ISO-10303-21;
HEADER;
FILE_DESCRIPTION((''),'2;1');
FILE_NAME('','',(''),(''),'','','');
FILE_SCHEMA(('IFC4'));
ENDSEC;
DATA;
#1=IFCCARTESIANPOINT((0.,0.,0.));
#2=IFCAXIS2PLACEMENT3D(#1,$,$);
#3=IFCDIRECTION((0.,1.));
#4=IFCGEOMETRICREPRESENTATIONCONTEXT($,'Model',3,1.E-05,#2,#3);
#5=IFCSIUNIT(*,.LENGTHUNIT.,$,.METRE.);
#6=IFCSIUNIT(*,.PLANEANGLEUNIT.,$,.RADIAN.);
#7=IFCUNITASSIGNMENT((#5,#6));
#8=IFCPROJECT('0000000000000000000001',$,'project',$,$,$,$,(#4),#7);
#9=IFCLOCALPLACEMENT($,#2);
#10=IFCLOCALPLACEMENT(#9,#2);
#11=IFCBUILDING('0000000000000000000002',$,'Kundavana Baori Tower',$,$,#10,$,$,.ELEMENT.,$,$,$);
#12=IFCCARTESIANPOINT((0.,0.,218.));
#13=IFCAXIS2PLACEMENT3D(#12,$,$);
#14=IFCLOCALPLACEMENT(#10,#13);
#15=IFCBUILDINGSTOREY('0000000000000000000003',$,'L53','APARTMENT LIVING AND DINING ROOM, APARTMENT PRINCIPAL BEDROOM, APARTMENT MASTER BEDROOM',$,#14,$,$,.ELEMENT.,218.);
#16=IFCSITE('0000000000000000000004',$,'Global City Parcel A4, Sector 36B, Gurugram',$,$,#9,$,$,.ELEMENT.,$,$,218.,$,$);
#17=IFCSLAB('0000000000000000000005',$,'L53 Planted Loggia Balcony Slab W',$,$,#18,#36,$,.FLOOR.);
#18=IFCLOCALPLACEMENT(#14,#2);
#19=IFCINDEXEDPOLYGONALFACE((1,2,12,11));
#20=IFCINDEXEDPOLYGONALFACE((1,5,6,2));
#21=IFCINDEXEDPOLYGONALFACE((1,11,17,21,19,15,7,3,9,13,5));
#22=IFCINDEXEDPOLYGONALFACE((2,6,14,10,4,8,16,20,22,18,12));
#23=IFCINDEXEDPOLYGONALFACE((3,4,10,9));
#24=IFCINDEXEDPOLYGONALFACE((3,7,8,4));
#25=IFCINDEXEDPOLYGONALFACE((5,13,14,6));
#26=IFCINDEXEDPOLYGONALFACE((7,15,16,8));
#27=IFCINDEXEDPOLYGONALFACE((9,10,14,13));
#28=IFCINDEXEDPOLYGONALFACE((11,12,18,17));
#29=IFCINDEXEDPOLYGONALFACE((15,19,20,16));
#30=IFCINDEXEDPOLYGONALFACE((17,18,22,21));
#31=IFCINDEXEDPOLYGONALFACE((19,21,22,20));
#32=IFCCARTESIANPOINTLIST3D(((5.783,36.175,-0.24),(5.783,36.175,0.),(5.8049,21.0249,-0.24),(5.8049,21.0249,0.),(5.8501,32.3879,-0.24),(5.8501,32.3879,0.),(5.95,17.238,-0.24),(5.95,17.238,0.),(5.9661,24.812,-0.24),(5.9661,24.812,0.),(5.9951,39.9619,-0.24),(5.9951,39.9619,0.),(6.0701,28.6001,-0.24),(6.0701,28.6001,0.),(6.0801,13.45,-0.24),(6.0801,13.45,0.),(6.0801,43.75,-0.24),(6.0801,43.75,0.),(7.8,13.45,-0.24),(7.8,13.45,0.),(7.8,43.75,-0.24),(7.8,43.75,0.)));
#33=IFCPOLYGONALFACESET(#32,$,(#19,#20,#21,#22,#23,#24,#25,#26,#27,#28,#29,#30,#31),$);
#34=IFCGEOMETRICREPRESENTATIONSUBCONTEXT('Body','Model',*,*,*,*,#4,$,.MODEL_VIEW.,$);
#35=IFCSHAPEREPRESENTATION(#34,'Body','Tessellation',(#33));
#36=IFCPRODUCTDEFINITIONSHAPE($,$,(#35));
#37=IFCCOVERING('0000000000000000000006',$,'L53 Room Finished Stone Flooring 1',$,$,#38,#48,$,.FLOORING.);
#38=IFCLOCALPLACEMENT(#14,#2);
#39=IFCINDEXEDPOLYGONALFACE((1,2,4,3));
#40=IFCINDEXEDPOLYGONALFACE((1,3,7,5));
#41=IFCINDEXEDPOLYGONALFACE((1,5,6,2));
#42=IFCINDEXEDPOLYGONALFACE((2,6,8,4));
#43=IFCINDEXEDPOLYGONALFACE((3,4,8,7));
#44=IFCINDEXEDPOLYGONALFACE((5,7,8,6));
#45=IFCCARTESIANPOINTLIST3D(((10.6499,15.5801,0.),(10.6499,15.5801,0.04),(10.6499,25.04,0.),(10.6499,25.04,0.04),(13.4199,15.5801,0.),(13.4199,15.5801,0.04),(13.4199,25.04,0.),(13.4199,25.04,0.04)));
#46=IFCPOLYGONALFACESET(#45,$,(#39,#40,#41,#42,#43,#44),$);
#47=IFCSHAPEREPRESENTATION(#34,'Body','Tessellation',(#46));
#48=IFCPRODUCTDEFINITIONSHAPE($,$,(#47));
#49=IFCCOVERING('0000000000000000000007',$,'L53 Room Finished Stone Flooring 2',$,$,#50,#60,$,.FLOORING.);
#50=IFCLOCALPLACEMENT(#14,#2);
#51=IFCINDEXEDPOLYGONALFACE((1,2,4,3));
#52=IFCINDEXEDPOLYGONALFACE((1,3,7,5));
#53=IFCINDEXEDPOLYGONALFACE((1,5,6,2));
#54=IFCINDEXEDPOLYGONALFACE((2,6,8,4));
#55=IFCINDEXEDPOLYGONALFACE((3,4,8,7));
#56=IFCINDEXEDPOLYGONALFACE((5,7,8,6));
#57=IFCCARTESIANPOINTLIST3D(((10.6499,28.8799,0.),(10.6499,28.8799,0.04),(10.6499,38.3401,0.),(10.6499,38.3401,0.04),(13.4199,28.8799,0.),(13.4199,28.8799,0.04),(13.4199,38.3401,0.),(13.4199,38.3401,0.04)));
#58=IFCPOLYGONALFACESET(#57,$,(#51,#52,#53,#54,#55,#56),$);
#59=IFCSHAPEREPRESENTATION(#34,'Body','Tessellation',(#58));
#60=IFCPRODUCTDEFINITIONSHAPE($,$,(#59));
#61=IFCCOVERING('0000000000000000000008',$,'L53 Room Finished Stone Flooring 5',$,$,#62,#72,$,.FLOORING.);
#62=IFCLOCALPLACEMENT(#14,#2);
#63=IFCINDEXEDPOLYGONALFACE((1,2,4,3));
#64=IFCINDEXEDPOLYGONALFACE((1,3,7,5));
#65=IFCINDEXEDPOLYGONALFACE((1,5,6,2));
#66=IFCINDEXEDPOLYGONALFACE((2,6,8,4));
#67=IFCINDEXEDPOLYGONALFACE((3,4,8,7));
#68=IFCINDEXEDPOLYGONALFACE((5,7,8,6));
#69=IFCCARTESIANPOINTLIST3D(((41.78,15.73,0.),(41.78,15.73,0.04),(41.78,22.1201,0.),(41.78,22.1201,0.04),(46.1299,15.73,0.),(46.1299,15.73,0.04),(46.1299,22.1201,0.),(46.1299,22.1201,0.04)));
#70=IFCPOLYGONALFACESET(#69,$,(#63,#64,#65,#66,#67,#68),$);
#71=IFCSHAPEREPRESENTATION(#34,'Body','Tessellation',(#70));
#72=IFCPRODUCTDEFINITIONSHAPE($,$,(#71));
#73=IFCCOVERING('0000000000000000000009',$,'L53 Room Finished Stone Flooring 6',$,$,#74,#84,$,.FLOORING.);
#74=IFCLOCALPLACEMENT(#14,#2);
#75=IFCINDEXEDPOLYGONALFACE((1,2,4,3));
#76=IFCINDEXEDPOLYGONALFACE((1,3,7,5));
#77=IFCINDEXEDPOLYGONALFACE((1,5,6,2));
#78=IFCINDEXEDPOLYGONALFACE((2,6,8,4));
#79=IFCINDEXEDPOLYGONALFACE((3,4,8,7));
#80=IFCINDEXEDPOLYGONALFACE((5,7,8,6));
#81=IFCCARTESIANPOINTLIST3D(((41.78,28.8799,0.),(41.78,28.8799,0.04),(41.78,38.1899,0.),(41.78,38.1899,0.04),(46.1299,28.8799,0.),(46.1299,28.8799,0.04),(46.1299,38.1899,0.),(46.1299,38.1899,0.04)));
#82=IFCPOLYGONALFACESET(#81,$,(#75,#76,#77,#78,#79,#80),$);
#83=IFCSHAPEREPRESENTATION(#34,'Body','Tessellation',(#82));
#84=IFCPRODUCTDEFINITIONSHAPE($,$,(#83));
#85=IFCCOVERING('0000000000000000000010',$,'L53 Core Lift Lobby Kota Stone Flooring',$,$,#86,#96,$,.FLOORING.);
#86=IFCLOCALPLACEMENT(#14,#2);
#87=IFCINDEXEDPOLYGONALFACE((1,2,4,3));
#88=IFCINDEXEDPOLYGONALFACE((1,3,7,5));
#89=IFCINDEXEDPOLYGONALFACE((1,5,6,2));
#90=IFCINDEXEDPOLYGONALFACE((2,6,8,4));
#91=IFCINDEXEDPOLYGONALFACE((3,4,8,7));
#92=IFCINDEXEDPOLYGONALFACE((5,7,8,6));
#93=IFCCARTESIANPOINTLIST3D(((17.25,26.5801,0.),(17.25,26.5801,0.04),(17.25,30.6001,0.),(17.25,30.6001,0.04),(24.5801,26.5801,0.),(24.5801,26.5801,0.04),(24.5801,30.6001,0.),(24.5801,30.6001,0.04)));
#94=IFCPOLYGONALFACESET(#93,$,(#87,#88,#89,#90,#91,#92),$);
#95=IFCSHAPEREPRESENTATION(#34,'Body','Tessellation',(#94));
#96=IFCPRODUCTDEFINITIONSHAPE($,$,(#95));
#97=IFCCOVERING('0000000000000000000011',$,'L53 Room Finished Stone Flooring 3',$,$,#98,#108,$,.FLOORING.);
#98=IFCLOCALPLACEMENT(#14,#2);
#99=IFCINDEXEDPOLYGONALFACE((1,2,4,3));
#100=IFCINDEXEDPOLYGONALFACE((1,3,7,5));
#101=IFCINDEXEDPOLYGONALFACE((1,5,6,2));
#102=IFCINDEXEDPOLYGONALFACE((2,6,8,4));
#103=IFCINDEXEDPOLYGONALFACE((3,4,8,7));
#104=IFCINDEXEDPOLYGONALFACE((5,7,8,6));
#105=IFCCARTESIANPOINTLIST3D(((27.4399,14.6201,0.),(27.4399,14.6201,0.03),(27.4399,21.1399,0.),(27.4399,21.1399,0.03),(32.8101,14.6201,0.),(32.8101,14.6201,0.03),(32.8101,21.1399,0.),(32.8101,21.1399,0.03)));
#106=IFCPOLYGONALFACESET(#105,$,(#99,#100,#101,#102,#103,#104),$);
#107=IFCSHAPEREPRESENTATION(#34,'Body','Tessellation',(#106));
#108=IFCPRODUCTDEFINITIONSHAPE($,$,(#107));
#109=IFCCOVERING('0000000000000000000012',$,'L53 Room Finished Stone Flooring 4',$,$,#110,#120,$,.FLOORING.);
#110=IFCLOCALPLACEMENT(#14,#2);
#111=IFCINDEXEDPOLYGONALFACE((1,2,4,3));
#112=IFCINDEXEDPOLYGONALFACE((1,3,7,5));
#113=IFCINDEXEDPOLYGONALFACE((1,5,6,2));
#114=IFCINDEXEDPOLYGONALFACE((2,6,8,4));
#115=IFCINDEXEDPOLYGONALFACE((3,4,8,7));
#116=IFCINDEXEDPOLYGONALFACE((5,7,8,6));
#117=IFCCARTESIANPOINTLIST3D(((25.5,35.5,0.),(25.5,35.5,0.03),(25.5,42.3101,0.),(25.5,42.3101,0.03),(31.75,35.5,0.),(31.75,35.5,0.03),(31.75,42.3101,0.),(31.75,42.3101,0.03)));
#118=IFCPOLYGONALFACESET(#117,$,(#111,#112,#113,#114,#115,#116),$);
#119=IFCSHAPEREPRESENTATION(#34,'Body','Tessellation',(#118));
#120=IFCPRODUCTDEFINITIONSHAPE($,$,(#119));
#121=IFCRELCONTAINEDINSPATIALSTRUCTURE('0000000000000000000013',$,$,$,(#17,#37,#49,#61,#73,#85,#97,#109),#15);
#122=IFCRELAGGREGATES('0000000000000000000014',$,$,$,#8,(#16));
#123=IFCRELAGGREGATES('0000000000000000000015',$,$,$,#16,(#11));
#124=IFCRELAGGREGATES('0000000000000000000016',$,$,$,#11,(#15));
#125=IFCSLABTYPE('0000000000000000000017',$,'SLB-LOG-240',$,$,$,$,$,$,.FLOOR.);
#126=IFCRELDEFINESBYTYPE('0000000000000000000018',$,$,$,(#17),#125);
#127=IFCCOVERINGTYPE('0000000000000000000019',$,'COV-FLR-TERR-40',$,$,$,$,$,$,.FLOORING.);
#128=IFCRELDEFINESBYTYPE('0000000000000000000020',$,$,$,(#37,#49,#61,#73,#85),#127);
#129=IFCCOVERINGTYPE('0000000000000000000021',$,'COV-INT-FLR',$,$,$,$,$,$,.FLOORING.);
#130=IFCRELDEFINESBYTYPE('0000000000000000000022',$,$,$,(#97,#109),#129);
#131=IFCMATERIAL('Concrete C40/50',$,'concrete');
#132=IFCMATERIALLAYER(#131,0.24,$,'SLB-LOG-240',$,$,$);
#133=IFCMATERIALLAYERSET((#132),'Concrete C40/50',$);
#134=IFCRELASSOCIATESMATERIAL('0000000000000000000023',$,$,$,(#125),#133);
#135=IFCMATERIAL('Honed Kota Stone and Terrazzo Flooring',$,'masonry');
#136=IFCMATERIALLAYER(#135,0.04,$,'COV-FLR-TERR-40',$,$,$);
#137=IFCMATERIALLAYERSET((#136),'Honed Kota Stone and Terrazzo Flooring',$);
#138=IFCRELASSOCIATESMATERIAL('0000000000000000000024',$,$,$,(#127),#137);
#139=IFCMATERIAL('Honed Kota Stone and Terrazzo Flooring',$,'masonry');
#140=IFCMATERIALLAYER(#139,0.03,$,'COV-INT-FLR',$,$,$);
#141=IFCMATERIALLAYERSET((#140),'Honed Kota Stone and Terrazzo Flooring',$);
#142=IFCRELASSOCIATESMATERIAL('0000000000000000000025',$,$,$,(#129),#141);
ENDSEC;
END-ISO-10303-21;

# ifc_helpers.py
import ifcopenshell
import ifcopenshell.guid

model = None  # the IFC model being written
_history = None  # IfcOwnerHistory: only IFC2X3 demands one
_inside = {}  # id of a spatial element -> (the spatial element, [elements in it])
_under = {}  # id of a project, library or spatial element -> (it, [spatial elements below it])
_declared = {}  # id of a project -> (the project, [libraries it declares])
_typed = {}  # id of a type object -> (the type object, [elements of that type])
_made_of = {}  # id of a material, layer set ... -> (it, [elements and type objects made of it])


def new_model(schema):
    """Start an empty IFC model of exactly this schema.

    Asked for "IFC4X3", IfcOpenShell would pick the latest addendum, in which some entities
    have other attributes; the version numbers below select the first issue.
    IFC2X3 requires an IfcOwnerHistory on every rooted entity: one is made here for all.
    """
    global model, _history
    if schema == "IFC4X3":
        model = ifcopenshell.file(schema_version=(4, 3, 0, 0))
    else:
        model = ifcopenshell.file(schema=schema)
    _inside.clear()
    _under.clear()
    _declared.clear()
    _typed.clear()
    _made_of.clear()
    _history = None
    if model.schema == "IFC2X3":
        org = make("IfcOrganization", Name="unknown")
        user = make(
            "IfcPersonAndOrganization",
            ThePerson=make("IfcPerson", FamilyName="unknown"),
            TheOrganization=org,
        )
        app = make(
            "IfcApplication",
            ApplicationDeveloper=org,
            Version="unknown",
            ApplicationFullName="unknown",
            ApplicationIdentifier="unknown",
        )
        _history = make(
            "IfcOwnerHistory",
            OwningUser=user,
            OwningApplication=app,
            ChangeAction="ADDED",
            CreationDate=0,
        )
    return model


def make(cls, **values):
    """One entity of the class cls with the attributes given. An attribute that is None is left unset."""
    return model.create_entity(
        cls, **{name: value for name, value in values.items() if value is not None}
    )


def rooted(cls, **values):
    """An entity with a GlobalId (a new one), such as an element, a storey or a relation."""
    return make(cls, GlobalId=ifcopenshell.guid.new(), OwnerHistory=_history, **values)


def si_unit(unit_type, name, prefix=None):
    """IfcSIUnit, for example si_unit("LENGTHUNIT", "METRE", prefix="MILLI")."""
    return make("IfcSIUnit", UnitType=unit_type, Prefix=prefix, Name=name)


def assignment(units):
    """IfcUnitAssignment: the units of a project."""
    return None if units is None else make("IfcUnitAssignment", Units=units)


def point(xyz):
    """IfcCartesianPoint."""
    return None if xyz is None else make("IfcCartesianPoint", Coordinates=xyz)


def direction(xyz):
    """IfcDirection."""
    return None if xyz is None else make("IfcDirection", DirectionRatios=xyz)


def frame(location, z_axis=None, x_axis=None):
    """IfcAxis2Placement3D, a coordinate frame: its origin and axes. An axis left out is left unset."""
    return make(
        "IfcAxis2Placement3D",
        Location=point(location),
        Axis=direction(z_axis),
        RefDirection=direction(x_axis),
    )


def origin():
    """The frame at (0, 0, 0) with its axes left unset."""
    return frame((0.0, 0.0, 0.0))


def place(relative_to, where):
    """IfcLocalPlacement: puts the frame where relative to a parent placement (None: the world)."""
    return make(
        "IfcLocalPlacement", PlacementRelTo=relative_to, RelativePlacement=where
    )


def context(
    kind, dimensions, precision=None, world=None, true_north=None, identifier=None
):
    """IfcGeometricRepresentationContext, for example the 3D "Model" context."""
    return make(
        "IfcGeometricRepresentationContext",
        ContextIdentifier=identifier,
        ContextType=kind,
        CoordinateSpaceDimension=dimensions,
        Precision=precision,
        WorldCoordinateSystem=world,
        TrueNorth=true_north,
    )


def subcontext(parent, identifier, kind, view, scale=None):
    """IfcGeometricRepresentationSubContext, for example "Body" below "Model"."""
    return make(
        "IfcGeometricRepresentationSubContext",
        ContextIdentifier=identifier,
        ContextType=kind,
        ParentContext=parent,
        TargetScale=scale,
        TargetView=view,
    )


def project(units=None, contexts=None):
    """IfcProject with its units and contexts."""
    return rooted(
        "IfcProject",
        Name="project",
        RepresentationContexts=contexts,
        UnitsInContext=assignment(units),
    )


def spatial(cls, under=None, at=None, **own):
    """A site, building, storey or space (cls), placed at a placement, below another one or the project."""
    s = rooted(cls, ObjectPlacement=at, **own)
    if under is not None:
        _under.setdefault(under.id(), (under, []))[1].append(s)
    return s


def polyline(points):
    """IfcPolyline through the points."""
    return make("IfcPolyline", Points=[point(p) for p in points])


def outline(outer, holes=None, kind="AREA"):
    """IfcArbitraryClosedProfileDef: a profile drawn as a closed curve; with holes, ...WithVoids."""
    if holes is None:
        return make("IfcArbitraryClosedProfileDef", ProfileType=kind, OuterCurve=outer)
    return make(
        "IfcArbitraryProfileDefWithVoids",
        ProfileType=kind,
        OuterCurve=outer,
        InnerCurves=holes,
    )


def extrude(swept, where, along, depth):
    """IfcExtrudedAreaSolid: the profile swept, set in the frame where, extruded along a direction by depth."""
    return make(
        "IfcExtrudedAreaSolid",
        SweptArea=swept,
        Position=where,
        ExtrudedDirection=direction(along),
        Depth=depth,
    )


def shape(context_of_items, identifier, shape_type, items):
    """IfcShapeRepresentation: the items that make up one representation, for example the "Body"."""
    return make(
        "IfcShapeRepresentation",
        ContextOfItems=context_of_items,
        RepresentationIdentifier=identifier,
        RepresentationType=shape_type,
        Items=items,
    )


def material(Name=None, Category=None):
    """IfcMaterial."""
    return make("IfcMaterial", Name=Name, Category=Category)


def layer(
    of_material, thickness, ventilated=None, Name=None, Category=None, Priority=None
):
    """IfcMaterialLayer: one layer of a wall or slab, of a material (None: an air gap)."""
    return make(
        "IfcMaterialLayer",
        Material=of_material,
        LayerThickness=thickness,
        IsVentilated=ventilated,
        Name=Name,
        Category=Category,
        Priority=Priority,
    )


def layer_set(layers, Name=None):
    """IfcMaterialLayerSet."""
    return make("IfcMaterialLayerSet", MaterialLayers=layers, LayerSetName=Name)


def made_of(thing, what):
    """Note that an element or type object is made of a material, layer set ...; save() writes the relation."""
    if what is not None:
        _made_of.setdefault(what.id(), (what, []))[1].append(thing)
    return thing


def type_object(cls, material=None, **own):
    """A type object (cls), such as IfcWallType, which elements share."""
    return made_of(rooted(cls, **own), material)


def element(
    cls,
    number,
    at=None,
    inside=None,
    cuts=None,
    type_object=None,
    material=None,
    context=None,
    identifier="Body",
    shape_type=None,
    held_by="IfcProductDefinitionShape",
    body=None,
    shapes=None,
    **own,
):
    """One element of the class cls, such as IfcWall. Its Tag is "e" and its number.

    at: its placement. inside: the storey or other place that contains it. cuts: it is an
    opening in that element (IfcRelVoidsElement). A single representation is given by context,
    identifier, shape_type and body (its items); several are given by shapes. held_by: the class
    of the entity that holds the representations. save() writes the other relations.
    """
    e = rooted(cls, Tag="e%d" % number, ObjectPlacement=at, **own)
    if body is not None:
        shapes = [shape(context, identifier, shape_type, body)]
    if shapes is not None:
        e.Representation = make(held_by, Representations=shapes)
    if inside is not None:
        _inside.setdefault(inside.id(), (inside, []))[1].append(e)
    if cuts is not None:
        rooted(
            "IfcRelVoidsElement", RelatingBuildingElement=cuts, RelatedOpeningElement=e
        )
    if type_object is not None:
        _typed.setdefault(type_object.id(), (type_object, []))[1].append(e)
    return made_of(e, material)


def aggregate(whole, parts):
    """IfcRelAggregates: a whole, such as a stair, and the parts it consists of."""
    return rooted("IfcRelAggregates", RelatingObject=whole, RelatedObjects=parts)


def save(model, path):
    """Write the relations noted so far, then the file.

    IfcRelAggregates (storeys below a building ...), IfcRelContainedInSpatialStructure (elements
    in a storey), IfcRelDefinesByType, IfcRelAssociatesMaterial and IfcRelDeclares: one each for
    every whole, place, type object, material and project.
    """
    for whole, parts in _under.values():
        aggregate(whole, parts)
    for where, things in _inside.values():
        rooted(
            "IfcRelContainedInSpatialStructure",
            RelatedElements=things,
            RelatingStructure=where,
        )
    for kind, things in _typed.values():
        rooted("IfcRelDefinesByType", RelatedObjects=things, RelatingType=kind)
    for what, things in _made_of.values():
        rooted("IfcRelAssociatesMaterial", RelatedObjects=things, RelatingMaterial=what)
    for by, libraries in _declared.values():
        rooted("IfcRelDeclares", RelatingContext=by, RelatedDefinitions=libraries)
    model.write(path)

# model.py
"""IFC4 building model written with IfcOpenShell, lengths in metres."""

from ifc_helpers import new_model, si_unit, direction, frame, origin, place, context, subcontext, project, spatial, polyline, outline, extrude, material, layer, layer_set, type_object, element, save


model = new_model("IFC4")

# Units and contexts
model_context = context("Model", 3, precision=1e-05, world=origin(), true_north=direction((0.0, 1.0)))
body_context = subcontext(model_context, "Body", "Model", "MODEL_VIEW")
ifc_project = project(units=[si_unit("LENGTHUNIT", "METRE"), si_unit("PLANEANGLEUNIT", "RADIAN")], contexts=[model_context])

# Site, building, storey
site_placement = place(None, origin())
site = spatial("IfcSite", under=ifc_project, at=site_placement, Name="Global City Parcel A4, Sector 36B, Gurugram", CompositionType="ELEMENT", RefElevation=218.0)
building_placement = place(site_placement, origin())
building = spatial("IfcBuilding", under=site, at=building_placement, Name="Kundavana Baori Tower", CompositionType="ELEMENT")
storey_placement = place(building_placement, frame((0.0, 0.0, 218.0)))
storey = spatial("IfcBuildingStorey", under=building, at=storey_placement, Name="L53", Description="APARTMENT LIVING AND DINING ROOM, APARTMENT PRINCIPAL BEDROOM, APARTMENT MASTER BEDROOM", CompositionType="ELEMENT", Elevation=218.0)

# Slab
ifc_material_1 = material(Name="Concrete C40/50", Category="concrete")
ifc_layer_1 = layer(ifc_material_1, 0.24, Name="SLB-LOG-240")
ifc_layer_set_1 = layer_set([ifc_layer_1], Name="Concrete C40/50")
slab_type_1 = type_object("IfcSlabType", Name="SLB-LOG-240", PredefinedType="FLOOR", material=ifc_layer_set_1)
slab_1_placement = place(storey_placement, frame((0.0, 0.0, -0.24)))
element("IfcSlab", 1, at=slab_1_placement, inside=storey, type_object=slab_type_1, Name="L53 Planted Loggia Balcony Slab W", PredefinedType="FLOOR", context=body_context, shape_type="SweptSolid", body=[
    extrude(outline(polyline([(7.8, 43.75), (7.8, 13.45), (6.0801, 13.45), (5.95, 17.238), (5.8049, 21.0249), (5.9661, 24.812), (6.0701, 28.6001), (5.8501, 32.3879), (5.783, 36.175), (5.9951, 39.9619), (6.0801, 43.75), (7.8, 43.75)])), origin(), (0.0, 0.0, 1.0), 0.24),
])

# Coverings
ifc_material_2 = material(Name="Honed Kota Stone and Terrazzo Flooring", Category="masonry")
ifc_layer_2 = layer(ifc_material_2, 0.04, Name="COV-FLR-TERR-40")
ifc_layer_set_2 = layer_set([ifc_layer_2], Name="Honed Kota Stone and Terrazzo Flooring")
covering_type_1 = type_object("IfcCoveringType", Name="COV-FLR-TERR-40", PredefinedType="FLOORING", material=ifc_layer_set_2)
covering_1_placement = place(storey_placement, origin())
element("IfcCovering", 2, at=covering_1_placement, inside=storey, type_object=covering_type_1, Name="L53 Room Finished Stone Flooring 1", PredefinedType="FLOORING", context=body_context, shape_type="SweptSolid", body=[
    extrude(outline(polyline([(10.6499, 15.5801), (13.4199, 15.5801), (13.4199, 25.04), (10.6499, 25.04), (10.6499, 15.5801)])), origin(), (0.0, 0.0, 1.0), 0.04),
])
covering_2_placement = place(storey_placement, origin())
element("IfcCovering", 3, at=covering_2_placement, inside=storey, type_object=covering_type_1, Name="L53 Room Finished Stone Flooring 2", PredefinedType="FLOORING", context=body_context, shape_type="SweptSolid", body=[
    extrude(outline(polyline([(10.6499, 28.8799), (13.4199, 28.8799), (13.4199, 38.3401), (10.6499, 38.3401), (10.6499, 28.8799)])), origin(), (0.0, 0.0, 1.0), 0.04),
])
covering_3_placement = place(storey_placement, origin())
element("IfcCovering", 4, at=covering_3_placement, inside=storey, type_object=covering_type_1, Name="L53 Room Finished Stone Flooring 5", PredefinedType="FLOORING", context=body_context, shape_type="SweptSolid", body=[
    extrude(outline(polyline([(41.78, 15.73), (46.1299, 15.73), (46.1299, 22.1201), (41.78, 22.1201), (41.78, 15.73)])), origin(), (0.0, 0.0, 1.0), 0.04),
])
covering_4_placement = place(storey_placement, origin())
element("IfcCovering", 5, at=covering_4_placement, inside=storey, type_object=covering_type_1, Name="L53 Room Finished Stone Flooring 6", PredefinedType="FLOORING", context=body_context, shape_type="SweptSolid", body=[
    extrude(outline(polyline([(41.78, 28.8799), (46.1299, 28.8799), (46.1299, 38.1899), (41.78, 38.1899), (41.78, 28.8799)])), origin(), (0.0, 0.0, 1.0), 0.04),
])
covering_5_placement = place(storey_placement, origin())
element("IfcCovering", 6, at=covering_5_placement, inside=storey, type_object=covering_type_1, Name="L53 Core Lift Lobby Kota Stone Flooring", PredefinedType="FLOORING", context=body_context, shape_type="SweptSolid", body=[
    extrude(outline(polyline([(17.25, 26.5801), (24.5801, 26.5801), (24.5801, 30.6001), (17.25, 30.6001), (17.25, 26.5801)])), origin(), (0.0, 0.0, 1.0), 0.04),
])
ifc_material_3 = material(Name="Honed Kota Stone and Terrazzo Flooring", Category="masonry")
ifc_layer_3 = layer(ifc_material_3, 0.03, Name="COV-INT-FLR")
ifc_layer_set_3 = layer_set([ifc_layer_3], Name="Honed Kota Stone and Terrazzo Flooring")
covering_type_2 = type_object("IfcCoveringType", Name="COV-INT-FLR", PredefinedType="FLOORING", material=ifc_layer_set_3)
covering_6_placement = place(storey_placement, origin())
element("IfcCovering", 7, at=covering_6_placement, inside=storey, type_object=covering_type_2, Name="L53 Room Finished Stone Flooring 3", PredefinedType="FLOORING", context=body_context, shape_type="SweptSolid", body=[
    extrude(outline(polyline([(27.4399, 14.6201), (32.8101, 14.6201), (32.8101, 21.1399), (27.4399, 21.1399), (27.4399, 14.6201)])), origin(), (0.0, 0.0, 1.0), 0.03),
])
covering_7_placement = place(storey_placement, origin())
element("IfcCovering", 8, at=covering_7_placement, inside=storey, type_object=covering_type_2, Name="L53 Room Finished Stone Flooring 4", PredefinedType="FLOORING", context=body_context, shape_type="SweptSolid", body=[
    extrude(outline(polyline([(25.5, 35.5), (31.75, 35.5), (31.75, 42.3101), (25.5, 42.3101), (25.5, 35.5)])), origin(), (0.0, 0.0, 1.0), 0.03),
])

save(model, "model.ifc")
